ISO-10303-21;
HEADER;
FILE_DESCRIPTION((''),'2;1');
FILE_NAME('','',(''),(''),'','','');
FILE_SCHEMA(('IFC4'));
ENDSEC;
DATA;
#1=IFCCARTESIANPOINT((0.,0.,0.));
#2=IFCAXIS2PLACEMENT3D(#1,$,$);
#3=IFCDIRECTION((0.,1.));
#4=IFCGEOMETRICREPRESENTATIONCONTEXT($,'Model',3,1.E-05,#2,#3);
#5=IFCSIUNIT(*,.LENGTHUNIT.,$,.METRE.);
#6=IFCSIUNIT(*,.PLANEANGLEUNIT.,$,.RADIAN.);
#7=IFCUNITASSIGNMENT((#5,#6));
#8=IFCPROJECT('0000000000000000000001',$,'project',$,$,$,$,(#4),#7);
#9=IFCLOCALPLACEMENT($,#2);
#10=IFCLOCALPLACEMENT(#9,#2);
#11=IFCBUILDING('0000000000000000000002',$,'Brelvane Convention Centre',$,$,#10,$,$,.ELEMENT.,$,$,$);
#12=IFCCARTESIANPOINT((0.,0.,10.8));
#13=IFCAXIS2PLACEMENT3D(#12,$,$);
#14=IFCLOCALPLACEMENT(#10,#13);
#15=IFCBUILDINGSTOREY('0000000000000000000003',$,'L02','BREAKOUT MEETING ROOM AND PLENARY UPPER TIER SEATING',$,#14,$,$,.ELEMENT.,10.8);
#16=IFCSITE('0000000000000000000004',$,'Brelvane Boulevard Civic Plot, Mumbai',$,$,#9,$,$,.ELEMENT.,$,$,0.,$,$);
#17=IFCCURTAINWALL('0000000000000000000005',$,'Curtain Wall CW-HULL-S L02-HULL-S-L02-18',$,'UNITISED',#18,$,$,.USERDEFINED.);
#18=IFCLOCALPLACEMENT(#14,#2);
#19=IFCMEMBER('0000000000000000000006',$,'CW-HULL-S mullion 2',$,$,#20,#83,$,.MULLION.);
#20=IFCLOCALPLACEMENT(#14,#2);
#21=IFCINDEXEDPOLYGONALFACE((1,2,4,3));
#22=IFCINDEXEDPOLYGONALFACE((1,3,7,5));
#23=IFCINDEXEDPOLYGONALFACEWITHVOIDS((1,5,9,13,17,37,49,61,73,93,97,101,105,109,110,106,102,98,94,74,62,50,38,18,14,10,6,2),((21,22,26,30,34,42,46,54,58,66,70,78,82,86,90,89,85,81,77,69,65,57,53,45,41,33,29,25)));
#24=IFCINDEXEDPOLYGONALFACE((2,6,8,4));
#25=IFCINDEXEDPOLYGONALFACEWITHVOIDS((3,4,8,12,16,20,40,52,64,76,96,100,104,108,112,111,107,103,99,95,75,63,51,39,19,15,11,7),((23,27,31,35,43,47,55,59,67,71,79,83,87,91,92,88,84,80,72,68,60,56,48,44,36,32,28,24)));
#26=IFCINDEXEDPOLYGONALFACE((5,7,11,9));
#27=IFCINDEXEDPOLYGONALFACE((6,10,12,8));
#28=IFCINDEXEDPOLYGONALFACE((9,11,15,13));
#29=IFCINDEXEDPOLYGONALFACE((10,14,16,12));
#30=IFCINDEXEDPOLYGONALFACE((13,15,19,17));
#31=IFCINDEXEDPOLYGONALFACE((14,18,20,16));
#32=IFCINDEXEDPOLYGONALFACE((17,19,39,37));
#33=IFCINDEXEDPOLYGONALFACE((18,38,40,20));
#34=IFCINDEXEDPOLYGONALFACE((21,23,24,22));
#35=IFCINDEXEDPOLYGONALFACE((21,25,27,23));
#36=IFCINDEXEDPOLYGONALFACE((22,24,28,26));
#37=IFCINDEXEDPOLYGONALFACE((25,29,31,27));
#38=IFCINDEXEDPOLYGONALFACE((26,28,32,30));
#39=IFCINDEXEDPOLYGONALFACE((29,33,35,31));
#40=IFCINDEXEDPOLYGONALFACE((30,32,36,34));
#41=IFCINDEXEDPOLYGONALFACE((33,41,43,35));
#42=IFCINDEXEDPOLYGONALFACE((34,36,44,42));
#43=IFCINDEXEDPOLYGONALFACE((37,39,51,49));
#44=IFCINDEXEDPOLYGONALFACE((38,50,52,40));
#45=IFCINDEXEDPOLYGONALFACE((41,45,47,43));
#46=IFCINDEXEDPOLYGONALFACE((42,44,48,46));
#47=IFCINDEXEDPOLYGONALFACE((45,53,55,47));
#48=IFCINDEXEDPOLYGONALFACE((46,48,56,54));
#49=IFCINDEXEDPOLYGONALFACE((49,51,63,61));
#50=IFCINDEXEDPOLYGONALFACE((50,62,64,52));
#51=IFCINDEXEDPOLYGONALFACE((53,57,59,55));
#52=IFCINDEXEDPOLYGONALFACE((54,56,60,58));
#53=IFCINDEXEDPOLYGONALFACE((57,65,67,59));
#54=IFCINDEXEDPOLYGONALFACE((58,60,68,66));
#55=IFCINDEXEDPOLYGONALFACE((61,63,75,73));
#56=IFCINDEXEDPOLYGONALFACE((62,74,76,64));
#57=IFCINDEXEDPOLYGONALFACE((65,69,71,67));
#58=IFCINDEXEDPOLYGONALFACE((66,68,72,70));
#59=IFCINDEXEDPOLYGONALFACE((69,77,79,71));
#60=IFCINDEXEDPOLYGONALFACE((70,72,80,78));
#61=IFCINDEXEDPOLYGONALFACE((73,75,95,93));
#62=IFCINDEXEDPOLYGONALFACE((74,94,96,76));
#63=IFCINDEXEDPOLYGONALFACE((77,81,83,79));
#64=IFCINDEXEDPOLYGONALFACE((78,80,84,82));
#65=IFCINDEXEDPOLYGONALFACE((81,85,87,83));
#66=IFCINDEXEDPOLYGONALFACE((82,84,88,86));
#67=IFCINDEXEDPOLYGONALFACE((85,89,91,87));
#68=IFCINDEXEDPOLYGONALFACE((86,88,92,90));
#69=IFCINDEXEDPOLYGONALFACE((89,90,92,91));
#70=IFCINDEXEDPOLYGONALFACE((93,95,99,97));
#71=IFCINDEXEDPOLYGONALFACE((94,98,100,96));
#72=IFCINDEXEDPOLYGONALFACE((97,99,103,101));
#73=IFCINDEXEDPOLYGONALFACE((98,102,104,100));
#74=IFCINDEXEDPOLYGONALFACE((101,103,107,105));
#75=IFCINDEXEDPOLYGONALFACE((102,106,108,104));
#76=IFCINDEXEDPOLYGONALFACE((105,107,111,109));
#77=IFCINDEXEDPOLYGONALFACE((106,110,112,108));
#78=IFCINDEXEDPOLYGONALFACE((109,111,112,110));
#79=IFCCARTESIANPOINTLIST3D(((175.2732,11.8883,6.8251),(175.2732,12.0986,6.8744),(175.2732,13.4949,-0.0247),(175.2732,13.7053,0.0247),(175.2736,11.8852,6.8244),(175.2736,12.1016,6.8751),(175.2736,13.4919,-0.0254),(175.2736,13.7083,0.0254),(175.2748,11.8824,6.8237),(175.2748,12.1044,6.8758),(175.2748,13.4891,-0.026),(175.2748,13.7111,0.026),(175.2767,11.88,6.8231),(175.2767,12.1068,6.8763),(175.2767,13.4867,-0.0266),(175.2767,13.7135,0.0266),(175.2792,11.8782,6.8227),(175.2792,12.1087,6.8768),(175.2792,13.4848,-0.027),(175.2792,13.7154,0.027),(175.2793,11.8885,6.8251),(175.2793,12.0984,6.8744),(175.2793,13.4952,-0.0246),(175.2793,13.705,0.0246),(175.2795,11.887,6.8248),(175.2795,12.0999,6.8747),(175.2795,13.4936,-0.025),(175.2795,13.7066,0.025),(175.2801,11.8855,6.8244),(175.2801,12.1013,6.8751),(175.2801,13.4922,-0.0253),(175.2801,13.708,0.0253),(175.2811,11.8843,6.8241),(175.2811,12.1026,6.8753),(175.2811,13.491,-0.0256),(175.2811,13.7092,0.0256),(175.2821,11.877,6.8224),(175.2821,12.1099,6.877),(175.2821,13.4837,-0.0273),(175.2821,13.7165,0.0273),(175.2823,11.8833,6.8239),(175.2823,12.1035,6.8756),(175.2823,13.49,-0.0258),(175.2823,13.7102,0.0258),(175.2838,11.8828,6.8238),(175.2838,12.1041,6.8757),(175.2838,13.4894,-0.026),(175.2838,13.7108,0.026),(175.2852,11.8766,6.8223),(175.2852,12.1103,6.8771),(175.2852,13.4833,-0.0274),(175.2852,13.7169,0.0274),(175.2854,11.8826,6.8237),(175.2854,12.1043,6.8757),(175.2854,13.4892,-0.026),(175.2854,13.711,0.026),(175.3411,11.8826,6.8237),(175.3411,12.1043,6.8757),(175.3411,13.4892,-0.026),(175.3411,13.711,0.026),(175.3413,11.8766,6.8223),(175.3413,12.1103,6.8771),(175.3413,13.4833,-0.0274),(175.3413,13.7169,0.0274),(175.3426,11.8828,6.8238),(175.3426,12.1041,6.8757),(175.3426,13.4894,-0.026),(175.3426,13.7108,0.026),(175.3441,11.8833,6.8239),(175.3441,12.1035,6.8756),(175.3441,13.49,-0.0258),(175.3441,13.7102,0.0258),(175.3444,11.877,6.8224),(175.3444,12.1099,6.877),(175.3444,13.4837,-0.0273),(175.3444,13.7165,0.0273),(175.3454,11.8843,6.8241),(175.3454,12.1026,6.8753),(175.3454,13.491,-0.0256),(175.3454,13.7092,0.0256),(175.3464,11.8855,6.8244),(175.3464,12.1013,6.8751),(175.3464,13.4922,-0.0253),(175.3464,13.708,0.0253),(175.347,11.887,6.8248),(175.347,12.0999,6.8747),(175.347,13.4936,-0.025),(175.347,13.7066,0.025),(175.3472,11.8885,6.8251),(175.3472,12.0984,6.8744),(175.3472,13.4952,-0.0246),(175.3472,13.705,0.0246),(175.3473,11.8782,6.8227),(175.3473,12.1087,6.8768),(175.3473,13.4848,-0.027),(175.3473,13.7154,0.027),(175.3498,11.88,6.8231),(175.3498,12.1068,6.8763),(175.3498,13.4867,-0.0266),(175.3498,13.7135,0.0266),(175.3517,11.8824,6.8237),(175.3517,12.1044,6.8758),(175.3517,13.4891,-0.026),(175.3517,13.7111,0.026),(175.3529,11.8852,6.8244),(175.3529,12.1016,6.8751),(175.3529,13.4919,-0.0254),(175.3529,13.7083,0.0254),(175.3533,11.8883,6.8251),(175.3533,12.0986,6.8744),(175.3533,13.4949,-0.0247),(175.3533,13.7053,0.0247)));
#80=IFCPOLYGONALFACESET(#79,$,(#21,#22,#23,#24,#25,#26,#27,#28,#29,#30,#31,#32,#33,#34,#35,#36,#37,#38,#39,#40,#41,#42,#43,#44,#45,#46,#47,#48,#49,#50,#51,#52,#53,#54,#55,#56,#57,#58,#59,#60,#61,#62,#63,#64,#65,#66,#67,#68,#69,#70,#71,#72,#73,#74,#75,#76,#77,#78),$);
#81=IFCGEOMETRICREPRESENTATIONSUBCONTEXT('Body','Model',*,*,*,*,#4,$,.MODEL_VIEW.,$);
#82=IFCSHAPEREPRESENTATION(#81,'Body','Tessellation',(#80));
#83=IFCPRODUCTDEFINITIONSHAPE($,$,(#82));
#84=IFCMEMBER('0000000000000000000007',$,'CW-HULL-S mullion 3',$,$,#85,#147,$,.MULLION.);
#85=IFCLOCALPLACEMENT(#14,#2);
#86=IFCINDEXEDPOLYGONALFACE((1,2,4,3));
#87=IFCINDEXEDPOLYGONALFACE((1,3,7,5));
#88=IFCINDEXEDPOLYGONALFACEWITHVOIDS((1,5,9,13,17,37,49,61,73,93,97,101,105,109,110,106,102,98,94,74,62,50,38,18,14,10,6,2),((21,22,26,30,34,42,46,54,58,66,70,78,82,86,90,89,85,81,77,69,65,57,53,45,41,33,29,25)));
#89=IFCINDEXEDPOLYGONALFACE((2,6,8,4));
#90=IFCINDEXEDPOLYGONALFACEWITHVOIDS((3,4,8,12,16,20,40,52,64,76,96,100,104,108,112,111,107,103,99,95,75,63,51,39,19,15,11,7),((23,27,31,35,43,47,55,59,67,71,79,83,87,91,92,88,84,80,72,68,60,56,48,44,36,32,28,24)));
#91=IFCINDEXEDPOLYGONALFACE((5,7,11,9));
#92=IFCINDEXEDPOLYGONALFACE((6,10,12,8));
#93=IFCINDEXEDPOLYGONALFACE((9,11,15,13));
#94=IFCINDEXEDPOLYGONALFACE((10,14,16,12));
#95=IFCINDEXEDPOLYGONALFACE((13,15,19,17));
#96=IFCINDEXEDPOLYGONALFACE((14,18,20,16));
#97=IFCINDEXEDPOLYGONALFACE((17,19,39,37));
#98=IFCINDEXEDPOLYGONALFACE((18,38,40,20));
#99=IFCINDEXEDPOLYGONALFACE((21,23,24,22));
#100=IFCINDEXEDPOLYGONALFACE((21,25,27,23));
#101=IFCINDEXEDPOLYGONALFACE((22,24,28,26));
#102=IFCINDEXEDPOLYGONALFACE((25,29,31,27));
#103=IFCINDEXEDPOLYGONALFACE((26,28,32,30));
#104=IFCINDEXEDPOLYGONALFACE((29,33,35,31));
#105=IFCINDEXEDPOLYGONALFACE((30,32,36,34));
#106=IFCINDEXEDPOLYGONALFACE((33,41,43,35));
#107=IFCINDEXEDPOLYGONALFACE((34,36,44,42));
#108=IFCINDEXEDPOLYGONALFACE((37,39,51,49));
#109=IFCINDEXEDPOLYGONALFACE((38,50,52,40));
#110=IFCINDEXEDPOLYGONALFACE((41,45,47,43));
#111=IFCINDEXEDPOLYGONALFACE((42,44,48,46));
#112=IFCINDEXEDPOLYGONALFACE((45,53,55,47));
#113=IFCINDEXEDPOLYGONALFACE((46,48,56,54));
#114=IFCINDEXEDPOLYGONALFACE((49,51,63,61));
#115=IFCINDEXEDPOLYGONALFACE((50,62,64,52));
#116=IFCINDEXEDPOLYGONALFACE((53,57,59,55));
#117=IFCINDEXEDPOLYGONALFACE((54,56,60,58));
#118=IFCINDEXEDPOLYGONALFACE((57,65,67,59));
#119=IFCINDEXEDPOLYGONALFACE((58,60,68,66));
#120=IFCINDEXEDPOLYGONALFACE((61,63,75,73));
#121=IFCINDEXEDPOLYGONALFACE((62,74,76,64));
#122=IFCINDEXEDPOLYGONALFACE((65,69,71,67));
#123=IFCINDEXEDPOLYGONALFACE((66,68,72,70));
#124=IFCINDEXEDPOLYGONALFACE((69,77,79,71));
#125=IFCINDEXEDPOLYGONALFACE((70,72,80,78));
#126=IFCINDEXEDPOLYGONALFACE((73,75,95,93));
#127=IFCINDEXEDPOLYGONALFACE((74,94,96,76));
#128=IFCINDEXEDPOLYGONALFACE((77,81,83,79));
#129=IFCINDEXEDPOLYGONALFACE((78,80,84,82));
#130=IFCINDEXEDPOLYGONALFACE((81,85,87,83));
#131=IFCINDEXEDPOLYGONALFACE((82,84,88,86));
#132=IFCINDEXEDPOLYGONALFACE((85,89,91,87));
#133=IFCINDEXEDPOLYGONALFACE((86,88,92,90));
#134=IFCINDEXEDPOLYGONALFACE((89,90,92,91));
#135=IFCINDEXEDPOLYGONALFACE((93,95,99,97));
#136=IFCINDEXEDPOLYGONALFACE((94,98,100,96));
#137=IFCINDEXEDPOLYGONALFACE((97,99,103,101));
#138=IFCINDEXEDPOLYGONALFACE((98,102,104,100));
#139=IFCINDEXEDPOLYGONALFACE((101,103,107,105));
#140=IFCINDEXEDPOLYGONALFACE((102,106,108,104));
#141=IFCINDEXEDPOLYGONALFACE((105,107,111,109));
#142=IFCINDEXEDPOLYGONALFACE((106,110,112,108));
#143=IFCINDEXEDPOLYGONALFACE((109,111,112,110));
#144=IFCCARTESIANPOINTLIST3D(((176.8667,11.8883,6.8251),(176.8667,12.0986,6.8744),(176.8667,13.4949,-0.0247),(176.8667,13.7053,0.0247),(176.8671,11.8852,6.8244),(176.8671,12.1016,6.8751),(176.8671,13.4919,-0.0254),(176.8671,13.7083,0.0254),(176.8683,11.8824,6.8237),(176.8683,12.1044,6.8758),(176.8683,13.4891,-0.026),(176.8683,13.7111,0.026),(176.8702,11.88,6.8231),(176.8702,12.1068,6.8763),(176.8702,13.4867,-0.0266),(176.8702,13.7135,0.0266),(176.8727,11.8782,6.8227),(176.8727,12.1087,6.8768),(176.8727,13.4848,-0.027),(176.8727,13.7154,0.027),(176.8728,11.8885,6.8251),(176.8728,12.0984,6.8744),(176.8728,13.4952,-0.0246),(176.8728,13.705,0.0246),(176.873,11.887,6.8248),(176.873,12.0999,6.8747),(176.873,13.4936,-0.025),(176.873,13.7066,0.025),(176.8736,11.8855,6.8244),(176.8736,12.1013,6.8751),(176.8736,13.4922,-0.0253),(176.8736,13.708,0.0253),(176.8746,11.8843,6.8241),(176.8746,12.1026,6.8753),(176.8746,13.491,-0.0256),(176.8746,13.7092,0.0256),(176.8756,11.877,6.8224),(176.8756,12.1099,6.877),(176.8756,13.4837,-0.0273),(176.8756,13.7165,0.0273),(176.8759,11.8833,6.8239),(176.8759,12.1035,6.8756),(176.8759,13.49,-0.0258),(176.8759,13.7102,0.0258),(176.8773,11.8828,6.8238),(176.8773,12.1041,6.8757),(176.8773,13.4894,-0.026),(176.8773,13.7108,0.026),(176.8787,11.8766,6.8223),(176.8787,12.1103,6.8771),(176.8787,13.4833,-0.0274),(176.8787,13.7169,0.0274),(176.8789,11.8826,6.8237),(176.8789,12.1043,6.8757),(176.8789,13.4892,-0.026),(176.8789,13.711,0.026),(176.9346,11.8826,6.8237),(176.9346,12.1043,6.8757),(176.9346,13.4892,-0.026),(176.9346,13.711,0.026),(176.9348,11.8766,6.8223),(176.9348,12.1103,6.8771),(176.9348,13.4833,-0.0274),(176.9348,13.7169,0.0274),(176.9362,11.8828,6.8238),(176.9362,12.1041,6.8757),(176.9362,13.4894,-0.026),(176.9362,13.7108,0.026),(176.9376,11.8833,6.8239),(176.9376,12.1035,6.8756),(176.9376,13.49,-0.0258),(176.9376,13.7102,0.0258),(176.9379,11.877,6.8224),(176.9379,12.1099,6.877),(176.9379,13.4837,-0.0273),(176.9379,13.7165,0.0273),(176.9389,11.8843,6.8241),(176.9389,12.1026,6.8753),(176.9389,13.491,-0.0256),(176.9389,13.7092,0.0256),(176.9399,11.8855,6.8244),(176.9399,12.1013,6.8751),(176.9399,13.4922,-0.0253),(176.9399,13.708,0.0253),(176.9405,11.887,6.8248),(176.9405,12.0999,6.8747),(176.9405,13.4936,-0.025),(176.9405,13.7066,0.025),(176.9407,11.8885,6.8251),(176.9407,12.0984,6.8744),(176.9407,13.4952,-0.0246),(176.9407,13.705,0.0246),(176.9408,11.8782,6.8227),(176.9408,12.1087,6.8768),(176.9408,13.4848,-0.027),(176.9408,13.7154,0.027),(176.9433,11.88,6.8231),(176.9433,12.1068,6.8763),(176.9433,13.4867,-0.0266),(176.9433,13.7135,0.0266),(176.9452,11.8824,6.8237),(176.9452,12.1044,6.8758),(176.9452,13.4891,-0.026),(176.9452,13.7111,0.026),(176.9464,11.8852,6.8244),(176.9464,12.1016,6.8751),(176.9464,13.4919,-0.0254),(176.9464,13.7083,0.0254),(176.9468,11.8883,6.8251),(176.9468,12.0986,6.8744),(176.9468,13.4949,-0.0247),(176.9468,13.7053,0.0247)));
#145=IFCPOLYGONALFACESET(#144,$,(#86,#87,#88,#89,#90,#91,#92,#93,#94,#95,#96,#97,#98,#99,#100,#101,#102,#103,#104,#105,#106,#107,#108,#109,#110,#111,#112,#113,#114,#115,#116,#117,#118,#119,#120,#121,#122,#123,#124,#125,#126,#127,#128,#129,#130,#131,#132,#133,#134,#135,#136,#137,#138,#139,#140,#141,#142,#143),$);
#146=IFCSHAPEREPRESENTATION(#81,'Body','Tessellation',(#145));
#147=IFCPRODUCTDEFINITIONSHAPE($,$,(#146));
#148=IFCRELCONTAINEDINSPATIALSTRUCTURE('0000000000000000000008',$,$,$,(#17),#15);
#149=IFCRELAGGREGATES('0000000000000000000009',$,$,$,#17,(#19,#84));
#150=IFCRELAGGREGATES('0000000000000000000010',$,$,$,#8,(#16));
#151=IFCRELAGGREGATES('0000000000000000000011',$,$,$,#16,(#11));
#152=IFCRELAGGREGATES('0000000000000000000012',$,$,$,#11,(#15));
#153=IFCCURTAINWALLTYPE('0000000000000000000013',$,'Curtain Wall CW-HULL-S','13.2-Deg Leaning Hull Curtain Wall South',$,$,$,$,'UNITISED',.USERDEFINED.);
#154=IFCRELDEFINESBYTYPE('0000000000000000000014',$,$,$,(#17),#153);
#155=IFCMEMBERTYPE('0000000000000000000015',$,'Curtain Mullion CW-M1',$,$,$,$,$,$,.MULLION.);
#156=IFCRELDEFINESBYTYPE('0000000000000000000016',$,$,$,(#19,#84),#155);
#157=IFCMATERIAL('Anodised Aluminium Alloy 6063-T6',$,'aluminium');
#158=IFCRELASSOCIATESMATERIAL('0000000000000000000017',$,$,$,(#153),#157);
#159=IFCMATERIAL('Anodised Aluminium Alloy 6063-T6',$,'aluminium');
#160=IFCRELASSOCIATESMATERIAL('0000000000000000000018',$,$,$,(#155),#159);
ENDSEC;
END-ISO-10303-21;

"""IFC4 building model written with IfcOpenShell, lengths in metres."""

from ifc_helpers import new_model, si_unit, direction, frame, origin, origin_2d, place, context, subcontext, project, spatial, hollow_rectangle, extrude, material, material_profile, profile_set, type_object, element, aggregate, save


model = new_model("IFC4")

# Units and contexts
model_context = context("Model", 3, precision=1e-05, world=origin(), true_north=direction((0.0, 1.0)))
body_context = subcontext(model_context, "Body", "Model", "MODEL_VIEW")
ifc_project = project(units=[si_unit("LENGTHUNIT", "METRE"), si_unit("PLANEANGLEUNIT", "RADIAN")], contexts=[model_context])

# Site, building, storey
site_placement = place(None, origin())
site = spatial("IfcSite", under=ifc_project, at=site_placement, Name="Brelvane Boulevard Civic Plot, Mumbai", CompositionType="ELEMENT", RefElevation=0.0)
building_placement = place(site_placement, origin())
building = spatial("IfcBuilding", under=site, at=building_placement, Name="Brelvane Convention Centre", CompositionType="ELEMENT")
storey_placement = place(building_placement, frame((0.0, 0.0, 10.8)))
storey = spatial("IfcBuildingStorey", under=building, at=storey_placement, Name="L02", Description="BREAKOUT MEETING ROOM AND PLENARY UPPER TIER SEATING", CompositionType="ELEMENT", Elevation=10.8)

# Curtain wall, members
ifc_material_1 = material(Name="Anodised Aluminium Alloy 6063-T6", Category="aluminium")
curtain_wall_type = type_object("IfcCurtainWallType", Name="Curtain Wall CW-HULL-S", Description="13.2-Deg Leaning Hull Curtain Wall South", ElementType="UNITISED", PredefinedType="USERDEFINED", material=ifc_material_1)
ifc_material_2 = material(Name="Anodised Aluminium Alloy 6063-T6", Category="aluminium")
ifc_material_profile_1 = material_profile(ifc_material_2, hollow_rectangle(XDim=0.0801, YDim=0.24, WallThickness=0.0061, InnerFilletRadius=0.0061, OuterFilletRadius=0.012, at=origin_2d()), Name="ALU-M 240x80x6.0")
ifc_profile_set_1 = profile_set([ifc_material_profile_1], Name="Anodised Aluminium Alloy 6063-T6")
member_type_1 = type_object("IfcMemberType", Name="Curtain Mullion CW-M1", PredefinedType="MULLION", material=ifc_profile_set_1)
curtain_wall_1_placement = place(storey_placement, origin())
curtain_wall_1 = element("IfcCurtainWall", 1, at=curtain_wall_1_placement, inside=storey, type_object=curtain_wall_type, Name="Curtain Wall CW-HULL-S L02-HULL-S-L02-18", ObjectType="UNITISED", PredefinedType="USERDEFINED")
member_1_placement = place(storey_placement, frame((175.3132, 13.6001, 0.0), z_axis=(0.0, -0.22836, 0.973577), x_axis=(1.0, 0.0, 0.0)))
member_1 = element("IfcMember", 2, at=member_1_placement, type_object=member_type_1, Name="CW-HULL-S mullion 2", PredefinedType="MULLION", context=body_context, shape_type="SweptSolid", body=[
    extrude(hollow_rectangle(XDim=0.0801, YDim=0.24, WallThickness=0.0061, InnerFilletRadius=0.0061, OuterFilletRadius=0.012, at=origin_2d()), origin(), (0.0, 0.0, 1.0), 7.0356),
])
member_2_placement = place(storey_placement, frame((176.9067, 13.6001, 0.0), z_axis=(0.0, -0.22836, 0.973577), x_axis=(1.0, 0.0, 0.0)))
member_2 = element("IfcMember", 3, at=member_2_placement, type_object=member_type_1, Name="CW-HULL-S mullion 3", PredefinedType="MULLION", context=body_context, shape_type="SweptSolid", body=[
    extrude(hollow_rectangle(XDim=0.0801, YDim=0.24, WallThickness=0.0061, InnerFilletRadius=0.0061, OuterFilletRadius=0.012, at=origin_2d()), origin(), (0.0, 0.0, 1.0), 7.0356),
])

aggregate(curtain_wall_1, [member_1, member_2])

save(model, "model.ifc")
